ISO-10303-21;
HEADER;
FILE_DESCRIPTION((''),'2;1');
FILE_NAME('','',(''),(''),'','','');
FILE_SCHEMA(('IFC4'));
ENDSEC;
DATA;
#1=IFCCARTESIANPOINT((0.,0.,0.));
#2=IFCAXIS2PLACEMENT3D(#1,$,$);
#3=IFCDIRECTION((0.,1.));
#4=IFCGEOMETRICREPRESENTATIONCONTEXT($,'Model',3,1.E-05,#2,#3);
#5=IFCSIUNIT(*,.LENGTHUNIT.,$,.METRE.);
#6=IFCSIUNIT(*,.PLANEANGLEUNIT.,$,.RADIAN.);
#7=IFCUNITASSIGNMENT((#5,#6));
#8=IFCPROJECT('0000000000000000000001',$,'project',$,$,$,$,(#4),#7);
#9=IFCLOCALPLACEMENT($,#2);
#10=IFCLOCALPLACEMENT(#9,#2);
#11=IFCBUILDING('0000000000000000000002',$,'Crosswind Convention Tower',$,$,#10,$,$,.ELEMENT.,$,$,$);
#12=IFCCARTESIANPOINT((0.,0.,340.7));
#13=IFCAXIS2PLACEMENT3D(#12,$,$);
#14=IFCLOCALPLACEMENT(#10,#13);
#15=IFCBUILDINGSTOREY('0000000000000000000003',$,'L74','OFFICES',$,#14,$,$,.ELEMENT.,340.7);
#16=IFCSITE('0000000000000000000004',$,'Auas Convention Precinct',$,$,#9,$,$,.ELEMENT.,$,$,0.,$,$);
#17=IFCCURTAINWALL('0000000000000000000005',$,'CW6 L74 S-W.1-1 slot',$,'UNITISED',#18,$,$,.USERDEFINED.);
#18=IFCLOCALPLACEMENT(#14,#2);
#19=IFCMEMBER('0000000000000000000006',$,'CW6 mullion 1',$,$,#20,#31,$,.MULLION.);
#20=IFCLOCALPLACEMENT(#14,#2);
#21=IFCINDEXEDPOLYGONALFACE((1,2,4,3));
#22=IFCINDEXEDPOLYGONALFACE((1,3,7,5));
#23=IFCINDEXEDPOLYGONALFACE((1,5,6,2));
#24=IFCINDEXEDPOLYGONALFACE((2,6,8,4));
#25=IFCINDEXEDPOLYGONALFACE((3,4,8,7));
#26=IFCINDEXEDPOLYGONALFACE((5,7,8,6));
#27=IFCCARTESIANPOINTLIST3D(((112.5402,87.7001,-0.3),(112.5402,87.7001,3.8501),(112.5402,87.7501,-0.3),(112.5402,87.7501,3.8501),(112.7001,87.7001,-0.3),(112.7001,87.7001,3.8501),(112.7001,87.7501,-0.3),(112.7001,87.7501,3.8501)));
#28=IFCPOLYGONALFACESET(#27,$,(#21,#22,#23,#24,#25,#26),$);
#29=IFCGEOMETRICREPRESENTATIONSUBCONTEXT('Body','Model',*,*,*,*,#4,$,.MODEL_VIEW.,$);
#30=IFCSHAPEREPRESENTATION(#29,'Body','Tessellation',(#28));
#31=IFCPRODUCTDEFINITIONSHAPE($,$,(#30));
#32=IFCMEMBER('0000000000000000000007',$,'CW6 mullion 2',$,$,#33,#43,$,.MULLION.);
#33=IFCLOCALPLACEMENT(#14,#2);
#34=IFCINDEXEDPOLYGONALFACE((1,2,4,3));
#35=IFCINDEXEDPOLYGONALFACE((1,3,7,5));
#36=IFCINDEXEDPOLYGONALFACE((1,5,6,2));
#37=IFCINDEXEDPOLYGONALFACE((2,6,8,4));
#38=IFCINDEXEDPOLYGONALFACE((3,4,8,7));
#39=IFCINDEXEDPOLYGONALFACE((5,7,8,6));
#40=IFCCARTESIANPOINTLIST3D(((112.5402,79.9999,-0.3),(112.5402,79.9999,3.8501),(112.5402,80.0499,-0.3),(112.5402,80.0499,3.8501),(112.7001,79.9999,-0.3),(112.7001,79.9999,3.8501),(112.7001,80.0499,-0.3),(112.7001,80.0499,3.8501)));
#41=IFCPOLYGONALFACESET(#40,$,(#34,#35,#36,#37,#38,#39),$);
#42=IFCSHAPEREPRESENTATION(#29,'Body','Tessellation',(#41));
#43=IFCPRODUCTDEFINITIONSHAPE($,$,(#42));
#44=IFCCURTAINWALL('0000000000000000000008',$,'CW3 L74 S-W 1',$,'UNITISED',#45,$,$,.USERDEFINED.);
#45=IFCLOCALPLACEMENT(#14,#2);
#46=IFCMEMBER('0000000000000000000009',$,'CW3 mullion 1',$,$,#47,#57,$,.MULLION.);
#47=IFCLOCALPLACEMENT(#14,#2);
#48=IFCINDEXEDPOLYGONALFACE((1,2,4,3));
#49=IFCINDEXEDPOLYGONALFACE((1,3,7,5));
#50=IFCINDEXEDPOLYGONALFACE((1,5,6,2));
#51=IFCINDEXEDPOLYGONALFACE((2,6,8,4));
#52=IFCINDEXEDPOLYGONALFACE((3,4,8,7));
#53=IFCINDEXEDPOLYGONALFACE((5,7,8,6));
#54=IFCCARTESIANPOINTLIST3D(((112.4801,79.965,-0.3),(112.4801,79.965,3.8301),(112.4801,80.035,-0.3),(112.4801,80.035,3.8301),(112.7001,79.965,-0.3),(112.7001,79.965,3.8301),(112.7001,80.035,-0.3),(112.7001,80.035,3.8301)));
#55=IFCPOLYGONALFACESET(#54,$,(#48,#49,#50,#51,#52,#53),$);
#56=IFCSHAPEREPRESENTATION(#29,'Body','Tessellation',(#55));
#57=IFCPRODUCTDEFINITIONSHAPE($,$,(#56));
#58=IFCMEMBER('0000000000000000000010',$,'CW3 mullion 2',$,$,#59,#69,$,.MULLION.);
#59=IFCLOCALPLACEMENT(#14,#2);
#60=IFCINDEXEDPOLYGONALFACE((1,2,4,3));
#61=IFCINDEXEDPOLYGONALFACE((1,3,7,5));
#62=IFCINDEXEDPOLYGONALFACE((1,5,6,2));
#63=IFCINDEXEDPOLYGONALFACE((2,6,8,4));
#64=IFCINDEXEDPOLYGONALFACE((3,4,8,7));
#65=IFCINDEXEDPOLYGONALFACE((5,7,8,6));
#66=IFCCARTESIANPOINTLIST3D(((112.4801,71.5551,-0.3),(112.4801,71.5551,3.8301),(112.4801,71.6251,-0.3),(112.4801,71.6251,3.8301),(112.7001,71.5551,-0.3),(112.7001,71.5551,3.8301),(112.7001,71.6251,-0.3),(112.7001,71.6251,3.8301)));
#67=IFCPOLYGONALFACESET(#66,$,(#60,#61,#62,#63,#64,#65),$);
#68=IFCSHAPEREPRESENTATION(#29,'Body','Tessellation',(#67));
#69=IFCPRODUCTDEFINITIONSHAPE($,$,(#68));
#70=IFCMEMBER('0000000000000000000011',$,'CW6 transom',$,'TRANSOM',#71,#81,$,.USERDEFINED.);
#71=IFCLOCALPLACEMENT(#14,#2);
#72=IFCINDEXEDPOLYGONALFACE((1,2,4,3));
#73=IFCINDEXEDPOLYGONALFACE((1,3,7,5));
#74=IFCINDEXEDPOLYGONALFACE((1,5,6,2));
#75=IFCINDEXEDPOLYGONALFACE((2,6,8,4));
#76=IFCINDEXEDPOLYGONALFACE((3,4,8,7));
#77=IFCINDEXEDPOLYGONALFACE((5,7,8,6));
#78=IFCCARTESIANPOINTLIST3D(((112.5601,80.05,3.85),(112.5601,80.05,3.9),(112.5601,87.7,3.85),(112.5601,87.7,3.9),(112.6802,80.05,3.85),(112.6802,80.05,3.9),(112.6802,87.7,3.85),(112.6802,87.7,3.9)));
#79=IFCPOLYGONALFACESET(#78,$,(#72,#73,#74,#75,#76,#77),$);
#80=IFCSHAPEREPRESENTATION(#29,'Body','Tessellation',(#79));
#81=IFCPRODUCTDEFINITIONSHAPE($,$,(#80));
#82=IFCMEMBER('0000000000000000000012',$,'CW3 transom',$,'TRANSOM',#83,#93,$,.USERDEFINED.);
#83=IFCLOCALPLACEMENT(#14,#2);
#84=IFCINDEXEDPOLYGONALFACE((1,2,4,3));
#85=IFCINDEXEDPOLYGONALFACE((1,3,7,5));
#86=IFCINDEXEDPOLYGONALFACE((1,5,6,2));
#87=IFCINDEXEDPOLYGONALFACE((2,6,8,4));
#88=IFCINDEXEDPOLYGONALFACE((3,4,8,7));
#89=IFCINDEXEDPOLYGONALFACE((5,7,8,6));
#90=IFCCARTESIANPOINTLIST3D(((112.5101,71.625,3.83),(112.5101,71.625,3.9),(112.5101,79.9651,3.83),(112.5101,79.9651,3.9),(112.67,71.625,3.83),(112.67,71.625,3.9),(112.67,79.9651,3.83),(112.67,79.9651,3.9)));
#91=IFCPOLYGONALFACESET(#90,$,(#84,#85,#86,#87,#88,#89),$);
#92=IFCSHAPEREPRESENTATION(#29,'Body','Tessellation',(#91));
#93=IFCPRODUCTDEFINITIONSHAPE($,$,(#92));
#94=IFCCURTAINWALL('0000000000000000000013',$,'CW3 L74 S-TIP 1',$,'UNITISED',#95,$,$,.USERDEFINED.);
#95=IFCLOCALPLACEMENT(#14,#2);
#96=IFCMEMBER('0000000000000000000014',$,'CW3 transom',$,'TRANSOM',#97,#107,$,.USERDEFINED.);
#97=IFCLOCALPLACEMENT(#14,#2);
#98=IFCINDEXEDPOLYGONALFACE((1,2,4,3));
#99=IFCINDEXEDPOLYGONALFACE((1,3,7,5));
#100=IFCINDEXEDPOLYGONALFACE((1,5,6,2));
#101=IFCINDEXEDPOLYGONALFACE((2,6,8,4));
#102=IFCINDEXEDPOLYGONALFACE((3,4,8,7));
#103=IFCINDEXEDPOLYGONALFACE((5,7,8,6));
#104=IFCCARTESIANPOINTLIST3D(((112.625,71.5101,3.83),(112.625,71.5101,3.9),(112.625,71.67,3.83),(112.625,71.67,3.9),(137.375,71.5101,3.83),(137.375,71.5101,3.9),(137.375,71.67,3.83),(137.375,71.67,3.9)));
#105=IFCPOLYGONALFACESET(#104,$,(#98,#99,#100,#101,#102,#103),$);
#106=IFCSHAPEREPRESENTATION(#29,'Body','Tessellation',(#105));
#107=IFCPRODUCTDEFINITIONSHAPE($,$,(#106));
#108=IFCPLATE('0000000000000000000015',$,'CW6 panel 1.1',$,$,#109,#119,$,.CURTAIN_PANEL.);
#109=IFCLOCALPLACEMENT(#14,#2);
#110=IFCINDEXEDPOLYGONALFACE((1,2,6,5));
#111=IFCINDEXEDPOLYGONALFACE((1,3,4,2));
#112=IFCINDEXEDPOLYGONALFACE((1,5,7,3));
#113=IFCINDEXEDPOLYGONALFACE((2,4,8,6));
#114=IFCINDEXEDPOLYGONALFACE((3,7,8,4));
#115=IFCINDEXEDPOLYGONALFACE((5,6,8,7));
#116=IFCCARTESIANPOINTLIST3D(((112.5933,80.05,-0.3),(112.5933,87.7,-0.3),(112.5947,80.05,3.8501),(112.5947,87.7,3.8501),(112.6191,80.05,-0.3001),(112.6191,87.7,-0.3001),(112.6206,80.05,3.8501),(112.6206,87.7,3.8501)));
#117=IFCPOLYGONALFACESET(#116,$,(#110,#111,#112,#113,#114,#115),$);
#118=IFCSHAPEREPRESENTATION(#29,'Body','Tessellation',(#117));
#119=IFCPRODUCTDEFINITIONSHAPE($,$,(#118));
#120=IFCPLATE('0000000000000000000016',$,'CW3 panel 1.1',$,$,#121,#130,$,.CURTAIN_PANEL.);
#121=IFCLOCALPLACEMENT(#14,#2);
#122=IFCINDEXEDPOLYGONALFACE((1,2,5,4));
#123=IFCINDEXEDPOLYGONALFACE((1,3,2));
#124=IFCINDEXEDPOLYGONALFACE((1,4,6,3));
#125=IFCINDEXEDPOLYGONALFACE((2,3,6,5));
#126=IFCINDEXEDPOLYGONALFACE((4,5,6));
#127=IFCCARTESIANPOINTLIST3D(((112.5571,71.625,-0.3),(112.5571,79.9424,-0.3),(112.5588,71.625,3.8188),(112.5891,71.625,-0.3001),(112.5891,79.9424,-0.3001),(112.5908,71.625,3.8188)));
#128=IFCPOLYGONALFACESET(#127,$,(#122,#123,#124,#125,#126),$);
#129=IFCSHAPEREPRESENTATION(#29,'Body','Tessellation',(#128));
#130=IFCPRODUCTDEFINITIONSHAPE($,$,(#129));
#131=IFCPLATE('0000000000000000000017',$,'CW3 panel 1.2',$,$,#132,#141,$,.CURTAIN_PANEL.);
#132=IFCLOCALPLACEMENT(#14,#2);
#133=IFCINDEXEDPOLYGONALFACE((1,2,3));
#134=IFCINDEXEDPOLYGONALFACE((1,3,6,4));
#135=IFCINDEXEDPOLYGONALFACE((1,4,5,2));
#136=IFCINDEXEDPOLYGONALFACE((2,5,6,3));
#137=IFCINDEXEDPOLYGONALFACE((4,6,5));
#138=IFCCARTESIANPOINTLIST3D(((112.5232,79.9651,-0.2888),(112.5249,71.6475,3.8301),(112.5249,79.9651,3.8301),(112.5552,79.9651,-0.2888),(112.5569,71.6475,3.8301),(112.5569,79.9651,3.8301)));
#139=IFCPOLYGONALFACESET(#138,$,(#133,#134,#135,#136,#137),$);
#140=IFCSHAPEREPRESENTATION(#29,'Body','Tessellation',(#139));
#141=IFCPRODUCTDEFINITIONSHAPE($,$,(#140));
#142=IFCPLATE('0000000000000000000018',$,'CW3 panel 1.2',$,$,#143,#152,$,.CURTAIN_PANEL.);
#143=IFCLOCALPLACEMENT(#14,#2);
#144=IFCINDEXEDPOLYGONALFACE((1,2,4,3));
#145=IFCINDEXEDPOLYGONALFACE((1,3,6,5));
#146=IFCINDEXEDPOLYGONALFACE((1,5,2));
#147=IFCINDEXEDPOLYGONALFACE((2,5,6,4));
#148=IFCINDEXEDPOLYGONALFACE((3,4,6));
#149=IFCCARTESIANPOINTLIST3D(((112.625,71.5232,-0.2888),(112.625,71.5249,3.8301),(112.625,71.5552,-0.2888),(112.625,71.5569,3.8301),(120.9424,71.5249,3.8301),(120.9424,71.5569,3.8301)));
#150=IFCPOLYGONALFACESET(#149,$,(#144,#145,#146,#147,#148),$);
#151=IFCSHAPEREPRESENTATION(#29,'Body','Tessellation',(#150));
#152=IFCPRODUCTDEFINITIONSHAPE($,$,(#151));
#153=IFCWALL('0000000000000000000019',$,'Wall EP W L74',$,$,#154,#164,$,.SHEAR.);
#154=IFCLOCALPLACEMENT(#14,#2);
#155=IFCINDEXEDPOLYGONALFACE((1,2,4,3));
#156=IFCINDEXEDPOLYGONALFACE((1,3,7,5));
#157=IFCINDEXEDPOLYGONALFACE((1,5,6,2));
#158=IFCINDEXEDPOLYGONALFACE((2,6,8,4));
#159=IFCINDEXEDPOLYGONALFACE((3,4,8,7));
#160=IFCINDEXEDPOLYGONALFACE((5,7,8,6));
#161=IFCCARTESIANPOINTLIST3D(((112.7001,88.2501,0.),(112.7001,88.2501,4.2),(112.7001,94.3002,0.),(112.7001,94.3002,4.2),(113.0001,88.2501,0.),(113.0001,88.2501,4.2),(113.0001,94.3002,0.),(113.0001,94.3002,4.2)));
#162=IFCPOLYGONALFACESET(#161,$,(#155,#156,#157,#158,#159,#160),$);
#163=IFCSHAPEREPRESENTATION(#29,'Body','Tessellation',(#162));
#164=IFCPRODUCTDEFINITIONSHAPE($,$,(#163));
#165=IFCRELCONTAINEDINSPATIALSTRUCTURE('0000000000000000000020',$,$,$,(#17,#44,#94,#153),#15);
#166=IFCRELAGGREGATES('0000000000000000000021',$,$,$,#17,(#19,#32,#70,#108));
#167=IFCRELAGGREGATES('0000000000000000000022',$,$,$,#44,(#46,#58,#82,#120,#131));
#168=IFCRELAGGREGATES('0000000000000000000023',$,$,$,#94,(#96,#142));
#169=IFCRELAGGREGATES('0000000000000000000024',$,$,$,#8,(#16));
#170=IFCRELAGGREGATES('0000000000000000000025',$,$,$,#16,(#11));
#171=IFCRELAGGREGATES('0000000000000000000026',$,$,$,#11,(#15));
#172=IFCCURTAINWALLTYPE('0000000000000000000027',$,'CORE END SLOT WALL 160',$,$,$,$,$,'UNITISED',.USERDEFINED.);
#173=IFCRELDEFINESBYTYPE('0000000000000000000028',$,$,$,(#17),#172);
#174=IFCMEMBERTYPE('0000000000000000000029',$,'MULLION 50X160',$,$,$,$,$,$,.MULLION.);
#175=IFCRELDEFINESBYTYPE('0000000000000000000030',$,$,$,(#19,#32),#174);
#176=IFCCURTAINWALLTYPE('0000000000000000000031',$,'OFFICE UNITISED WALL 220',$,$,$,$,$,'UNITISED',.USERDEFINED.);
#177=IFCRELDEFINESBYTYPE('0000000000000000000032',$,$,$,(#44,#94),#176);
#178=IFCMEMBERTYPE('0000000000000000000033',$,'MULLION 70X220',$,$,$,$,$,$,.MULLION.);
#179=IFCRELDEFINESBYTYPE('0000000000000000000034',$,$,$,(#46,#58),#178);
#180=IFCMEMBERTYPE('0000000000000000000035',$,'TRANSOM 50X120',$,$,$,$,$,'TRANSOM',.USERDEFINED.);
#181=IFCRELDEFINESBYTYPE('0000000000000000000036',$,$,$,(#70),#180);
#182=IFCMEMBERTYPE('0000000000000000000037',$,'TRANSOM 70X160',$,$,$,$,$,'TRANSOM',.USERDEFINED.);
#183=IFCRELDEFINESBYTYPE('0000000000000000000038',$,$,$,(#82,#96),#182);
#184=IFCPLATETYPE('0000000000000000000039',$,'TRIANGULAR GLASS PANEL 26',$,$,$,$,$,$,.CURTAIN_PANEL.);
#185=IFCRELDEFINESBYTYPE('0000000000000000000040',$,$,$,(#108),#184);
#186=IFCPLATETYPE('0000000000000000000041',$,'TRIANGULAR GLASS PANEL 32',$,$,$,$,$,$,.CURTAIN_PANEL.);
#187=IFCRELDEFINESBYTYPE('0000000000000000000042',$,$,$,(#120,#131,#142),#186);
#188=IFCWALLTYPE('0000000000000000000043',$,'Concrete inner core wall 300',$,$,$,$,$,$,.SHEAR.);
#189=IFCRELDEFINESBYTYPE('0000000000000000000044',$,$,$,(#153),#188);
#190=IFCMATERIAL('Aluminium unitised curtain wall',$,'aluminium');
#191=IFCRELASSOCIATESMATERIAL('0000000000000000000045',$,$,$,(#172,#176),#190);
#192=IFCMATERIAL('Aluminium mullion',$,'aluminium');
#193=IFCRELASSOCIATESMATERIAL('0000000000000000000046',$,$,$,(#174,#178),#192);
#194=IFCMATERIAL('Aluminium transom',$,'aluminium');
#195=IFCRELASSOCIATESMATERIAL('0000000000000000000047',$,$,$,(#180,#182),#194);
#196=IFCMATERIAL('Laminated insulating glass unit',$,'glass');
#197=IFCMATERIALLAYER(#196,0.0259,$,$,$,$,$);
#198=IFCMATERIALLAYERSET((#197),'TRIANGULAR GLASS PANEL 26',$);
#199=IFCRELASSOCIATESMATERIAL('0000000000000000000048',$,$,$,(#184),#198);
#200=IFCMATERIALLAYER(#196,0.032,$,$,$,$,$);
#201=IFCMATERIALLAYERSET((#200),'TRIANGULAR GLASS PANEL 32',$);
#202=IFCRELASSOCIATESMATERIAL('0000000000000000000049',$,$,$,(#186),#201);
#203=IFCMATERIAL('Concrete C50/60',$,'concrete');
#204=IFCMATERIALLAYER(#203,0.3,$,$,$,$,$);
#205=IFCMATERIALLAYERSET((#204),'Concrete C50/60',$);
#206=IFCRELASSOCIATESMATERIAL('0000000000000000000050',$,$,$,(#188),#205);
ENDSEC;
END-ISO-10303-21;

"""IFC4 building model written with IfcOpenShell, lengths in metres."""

from ifc_helpers import new_model, si_unit, direction, frame, frame_2d, origin, origin_2d, place, context, subcontext, project, spatial, polyline, rectangle, outline, extrude, material, layer, layer_set, material_profile, profile_set, type_object, element, aggregate, save


model = new_model("IFC4")

# Units and contexts
model_context = context("Model", 3, precision=1e-05, world=origin(), true_north=direction((0.0, 1.0)))
body_context = subcontext(model_context, "Body", "Model", "MODEL_VIEW")
ifc_project = project(units=[si_unit("LENGTHUNIT", "METRE"), si_unit("PLANEANGLEUNIT", "RADIAN")], contexts=[model_context])

# Site, building, storey
site_placement = place(None, origin())
site = spatial("IfcSite", under=ifc_project, at=site_placement, Name="Auas Convention Precinct", CompositionType="ELEMENT", RefElevation=0.0)
building_placement = place(site_placement, origin())
building = spatial("IfcBuilding", under=site, at=building_placement, Name="Crosswind Convention Tower", CompositionType="ELEMENT")
storey_placement = place(building_placement, frame((0.0, 0.0, 340.7)))
storey = spatial("IfcBuildingStorey", under=building, at=storey_placement, Name="L74", Description="OFFICES", CompositionType="ELEMENT", Elevation=340.7)

# Curtain walls, members
ifc_material_1 = material(Name="Aluminium unitised curtain wall", Category="aluminium")
curtain_wall_type_1 = type_object("IfcCurtainWallType", Name="CORE END SLOT WALL 160", ElementType="UNITISED", PredefinedType="USERDEFINED", material=ifc_material_1)
curtain_wall_1_placement = place(storey_placement, origin())
curtain_wall_1 = element("IfcCurtainWall", 1, at=curtain_wall_1_placement, inside=storey, type_object=curtain_wall_type_1, Name="CW6 L74 S-W.1-1 slot", ObjectType="UNITISED", PredefinedType="USERDEFINED")
ifc_material_2 = material(Name="Aluminium mullion", Category="aluminium")
ifc_material_profile_1 = material_profile(ifc_material_2, rectangle(XDim=0.1599, YDim=0.05, at=origin_2d()), Name="AL 160X50")
ifc_profile_set_1 = profile_set([ifc_material_profile_1], Name="Aluminium mullion")
member_type_1 = type_object("IfcMemberType", Name="MULLION 50X160", PredefinedType="MULLION", material=ifc_profile_set_1)
member_1_placement = place(storey_placement, frame((112.6201, 87.7251, -0.3), z_axis=(0.0, 0.0, 1.0), x_axis=(-1.0, 0.0, 0.0)))
member_1 = element("IfcMember", 2, at=member_1_placement, type_object=member_type_1, Name="CW6 mullion 1", PredefinedType="MULLION", context=body_context, shape_type="SweptSolid", body=[
    extrude(rectangle(XDim=0.1599, YDim=0.05, at=origin_2d()), origin(), (0.0, 0.0, 1.0), 4.1501),
])
member_2_placement = place(storey_placement, frame((112.6201, 80.0249, -0.3), z_axis=(0.0, 0.0, 1.0), x_axis=(-1.0, 0.0, 0.0)))
member_2 = element("IfcMember", 3, at=member_2_placement, type_object=member_type_1, Name="CW6 mullion 2", PredefinedType="MULLION", context=body_context, shape_type="SweptSolid", body=[
    extrude(rectangle(XDim=0.1599, YDim=0.05, at=origin_2d()), origin(), (0.0, 0.0, 1.0), 4.1501),
])
curtain_wall_type_2 = type_object("IfcCurtainWallType", Name="OFFICE UNITISED WALL 220", ElementType="UNITISED", PredefinedType="USERDEFINED", material=ifc_material_1)
curtain_wall_2_placement = place(storey_placement, origin())
curtain_wall_2 = element("IfcCurtainWall", 4, at=curtain_wall_2_placement, inside=storey, type_object=curtain_wall_type_2, Name="CW3 L74 S-W 1", ObjectType="UNITISED", PredefinedType="USERDEFINED")
ifc_material_profile_2 = material_profile(ifc_material_2, rectangle(XDim=0.22, YDim=0.0701, at=origin_2d()), Name="AL 220X70")
ifc_profile_set_2 = profile_set([ifc_material_profile_2], Name="Aluminium mullion")
member_type_2 = type_object("IfcMemberType", Name="MULLION 70X220", PredefinedType="MULLION", material=ifc_profile_set_2)
member_3_placement = place(storey_placement, frame((112.5901, 80.0, -0.3), z_axis=(0.0, 0.0, 1.0), x_axis=(-1.0, 0.0, 0.0)))
member_3 = element("IfcMember", 5, at=member_3_placement, type_object=member_type_2, Name="CW3 mullion 1", PredefinedType="MULLION", context=body_context, shape_type="SweptSolid", body=[
    extrude(rectangle(XDim=0.22, YDim=0.0701, at=origin_2d()), origin(), (0.0, 0.0, 1.0), 4.1301),
])
member_4_placement = place(storey_placement, frame((112.5901, 71.5901, -0.3), z_axis=(0.0, 0.0, 1.0), x_axis=(-1.0, 0.0, 0.0)))
member_4 = element("IfcMember", 6, at=member_4_placement, type_object=member_type_2, Name="CW3 mullion 2", PredefinedType="MULLION", context=body_context, shape_type="SweptSolid", body=[
    extrude(rectangle(XDim=0.22, YDim=0.0701, at=origin_2d()), origin(), (0.0, 0.0, 1.0), 4.1301),
])

# Members
ifc_material_3 = material(Name="Aluminium transom", Category="aluminium")
ifc_material_profile_3 = material_profile(ifc_material_3, rectangle(XDim=0.1201, YDim=0.05, at=origin_2d()), Name="AL 120X50")
ifc_profile_set_3 = profile_set([ifc_material_profile_3], Name="Aluminium transom")
member_type_3 = type_object("IfcMemberType", Name="TRANSOM 50X120", ElementType="TRANSOM", PredefinedType="USERDEFINED", material=ifc_profile_set_3)
member_5_placement = place(storey_placement, frame((112.6201, 87.7, 3.875), z_axis=(0.0, -1.0, 0.0), x_axis=(1.0, 0.0, 0.0)))
member_5 = element("IfcMember", 7, at=member_5_placement, type_object=member_type_3, Name="CW6 transom", ObjectType="TRANSOM", PredefinedType="USERDEFINED", context=body_context, shape_type="SweptSolid", body=[
    extrude(rectangle(XDim=0.1201, YDim=0.05, at=origin_2d()), origin(), (0.0, 0.0, 1.0), 7.6499),
])
ifc_material_profile_4 = material_profile(ifc_material_3, rectangle(XDim=0.1599, YDim=0.0701, at=origin_2d()), Name="AL 160X70")
ifc_profile_set_4 = profile_set([ifc_material_profile_4], Name="Aluminium transom")
member_type_4 = type_object("IfcMemberType", Name="TRANSOM 70X160", ElementType="TRANSOM", PredefinedType="USERDEFINED", material=ifc_profile_set_4)
member_6_placement = place(storey_placement, frame((112.5901, 79.9651, 3.865), z_axis=(0.0, -1.0, 0.0), x_axis=(1.0, 0.0, 0.0)))
member_6 = element("IfcMember", 8, at=member_6_placement, type_object=member_type_4, Name="CW3 transom", ObjectType="TRANSOM", PredefinedType="USERDEFINED", context=body_context, shape_type="SweptSolid", body=[
    extrude(rectangle(XDim=0.1599, YDim=0.0701, at=origin_2d()), origin(), (0.0, 0.0, 1.0), 8.3401),
])

# Curtain wall, member
curtain_wall_3_placement = place(storey_placement, origin())
curtain_wall_3 = element("IfcCurtainWall", 9, at=curtain_wall_3_placement, inside=storey, type_object=curtain_wall_type_2, Name="CW3 L74 S-TIP 1", ObjectType="UNITISED", PredefinedType="USERDEFINED")
member_7_placement = place(storey_placement, frame((112.625, 71.5901, 3.865), z_axis=(1.0, 0.0, 0.0), x_axis=(0.0, 1.0, 0.0)))
member_7 = element("IfcMember", 10, at=member_7_placement, type_object=member_type_4, Name="CW3 transom", ObjectType="TRANSOM", PredefinedType="USERDEFINED", context=body_context, shape_type="SweptSolid", body=[
    extrude(rectangle(XDim=0.1599, YDim=0.0701, at=origin_2d()), origin(), (0.0, 0.0, 1.0), 24.75),
])

# Plates
ifc_material_4 = material(Name="Laminated insulating glass unit", Category="glass")
ifc_layer_1 = layer(ifc_material_4, 0.0259)
ifc_layer_set_1 = layer_set([ifc_layer_1], Name="TRIANGULAR GLASS PANEL 26")
plate_type_1 = type_object("IfcPlateType", Name="TRIANGULAR GLASS PANEL 26", PredefinedType="CURTAIN_PANEL", material=ifc_layer_set_1)
plate_1_placement = place(storey_placement, frame((112.5933, 87.7, -0.3), z_axis=(-1.0, 0.0, 0.000353), x_axis=(0.0, -1.0, 0.0)))
plate_1 = element("IfcPlate", 11, at=plate_1_placement, type_object=plate_type_1, Name="CW6 panel 1.1", PredefinedType="CURTAIN_PANEL", context=body_context, shape_type="SweptSolid", body=[
    extrude(outline(polyline([(0.0, 0.0), (7.6499, 0.0), (7.6499, 4.1501), (0.0, 4.1501), (0.0, 0.0)])), origin(), (0.0, 0.0, -1.0), 0.0259),
])
aggregate(curtain_wall_1, [member_1, member_2, member_5, plate_1])
ifc_layer_2 = layer(ifc_material_4, 0.032)
ifc_layer_set_2 = layer_set([ifc_layer_2], Name="TRIANGULAR GLASS PANEL 32")
plate_type_2 = type_object("IfcPlateType", Name="TRIANGULAR GLASS PANEL 32", PredefinedType="CURTAIN_PANEL", material=ifc_layer_set_2)
plate_2_placement = place(storey_placement, frame((112.5571, 71.625, -0.3), z_axis=(-1.0, 0.0, 0.000415), x_axis=(0.000415, 0.0, 1.0)))
plate_2 = element("IfcPlate", 12, at=plate_2_placement, type_object=plate_type_2, Name="CW3 panel 1.1", PredefinedType="CURTAIN_PANEL", context=body_context, shape_type="SweptSolid", body=[
    extrude(outline(polyline([(0.0, 0.0), (4.1189, 0.0), (0.0, 8.3174), (0.0, 0.0)])), origin(), (0.0, 0.0, -1.0), 0.032),
])
plate_3_placement = place(storey_placement, frame((112.5249, 79.9651, 3.8301), z_axis=(-1.0, 0.0, 0.000415), x_axis=(-0.000415, 0.0, -1.0)))
plate_3 = element("IfcPlate", 13, at=plate_3_placement, type_object=plate_type_2, Name="CW3 panel 1.2", PredefinedType="CURTAIN_PANEL", context=body_context, shape_type="SweptSolid", body=[
    extrude(outline(polyline([(0.0, 0.0), (4.1189, 0.0), (0.0, 8.3176), (0.0, 0.0)])), origin(), (0.0, 0.0, -1.0), 0.032),
])
plate_4_placement = place(storey_placement, frame((112.625, 71.5249, 3.8301), z_axis=(0.0, -1.0, 0.000415), x_axis=(0.0, -0.000415, -1.0)))
plate_4 = element("IfcPlate", 14, at=plate_4_placement, type_object=plate_type_2, Name="CW3 panel 1.2", PredefinedType="CURTAIN_PANEL", context=body_context, shape_type="SweptSolid", body=[
    extrude(outline(polyline([(0.0, 0.0), (4.1189, 0.0), (0.0, 8.3174), (0.0, 0.0)])), origin(), (0.0, 0.0, -1.0), 0.032),
])

# Wall
ifc_material_5 = material(Name="Concrete C50/60", Category="concrete")
ifc_layer_3 = layer(ifc_material_5, 0.3)
ifc_layer_set_3 = layer_set([ifc_layer_3], Name="Concrete C50/60")
wall_type_1 = type_object("IfcWallType", Name="Concrete inner core wall 300", PredefinedType="SHEAR", material=ifc_layer_set_3)
wall_1_placement = place(storey_placement, frame((112.8501, 94.3, 0.0), z_axis=(0.0, 0.0, 1.0), x_axis=(0.0, -1.0, 0.0)))
element("IfcWall", 15, at=wall_1_placement, inside=storey, type_object=wall_type_1, Name="Wall EP W L74", PredefinedType="SHEAR", context=body_context, shape_type="SweptSolid", body=[
    extrude(rectangle(XDim=6.05, YDim=0.3, at=frame_2d((3.0249, 0.0))), origin(), (0.0, 0.0, 1.0), 4.2),
])

aggregate(curtain_wall_2, [member_3, member_4, member_6, plate_2, plate_3])
aggregate(curtain_wall_3, [member_7, plate_4])

save(model, "model.ifc")
